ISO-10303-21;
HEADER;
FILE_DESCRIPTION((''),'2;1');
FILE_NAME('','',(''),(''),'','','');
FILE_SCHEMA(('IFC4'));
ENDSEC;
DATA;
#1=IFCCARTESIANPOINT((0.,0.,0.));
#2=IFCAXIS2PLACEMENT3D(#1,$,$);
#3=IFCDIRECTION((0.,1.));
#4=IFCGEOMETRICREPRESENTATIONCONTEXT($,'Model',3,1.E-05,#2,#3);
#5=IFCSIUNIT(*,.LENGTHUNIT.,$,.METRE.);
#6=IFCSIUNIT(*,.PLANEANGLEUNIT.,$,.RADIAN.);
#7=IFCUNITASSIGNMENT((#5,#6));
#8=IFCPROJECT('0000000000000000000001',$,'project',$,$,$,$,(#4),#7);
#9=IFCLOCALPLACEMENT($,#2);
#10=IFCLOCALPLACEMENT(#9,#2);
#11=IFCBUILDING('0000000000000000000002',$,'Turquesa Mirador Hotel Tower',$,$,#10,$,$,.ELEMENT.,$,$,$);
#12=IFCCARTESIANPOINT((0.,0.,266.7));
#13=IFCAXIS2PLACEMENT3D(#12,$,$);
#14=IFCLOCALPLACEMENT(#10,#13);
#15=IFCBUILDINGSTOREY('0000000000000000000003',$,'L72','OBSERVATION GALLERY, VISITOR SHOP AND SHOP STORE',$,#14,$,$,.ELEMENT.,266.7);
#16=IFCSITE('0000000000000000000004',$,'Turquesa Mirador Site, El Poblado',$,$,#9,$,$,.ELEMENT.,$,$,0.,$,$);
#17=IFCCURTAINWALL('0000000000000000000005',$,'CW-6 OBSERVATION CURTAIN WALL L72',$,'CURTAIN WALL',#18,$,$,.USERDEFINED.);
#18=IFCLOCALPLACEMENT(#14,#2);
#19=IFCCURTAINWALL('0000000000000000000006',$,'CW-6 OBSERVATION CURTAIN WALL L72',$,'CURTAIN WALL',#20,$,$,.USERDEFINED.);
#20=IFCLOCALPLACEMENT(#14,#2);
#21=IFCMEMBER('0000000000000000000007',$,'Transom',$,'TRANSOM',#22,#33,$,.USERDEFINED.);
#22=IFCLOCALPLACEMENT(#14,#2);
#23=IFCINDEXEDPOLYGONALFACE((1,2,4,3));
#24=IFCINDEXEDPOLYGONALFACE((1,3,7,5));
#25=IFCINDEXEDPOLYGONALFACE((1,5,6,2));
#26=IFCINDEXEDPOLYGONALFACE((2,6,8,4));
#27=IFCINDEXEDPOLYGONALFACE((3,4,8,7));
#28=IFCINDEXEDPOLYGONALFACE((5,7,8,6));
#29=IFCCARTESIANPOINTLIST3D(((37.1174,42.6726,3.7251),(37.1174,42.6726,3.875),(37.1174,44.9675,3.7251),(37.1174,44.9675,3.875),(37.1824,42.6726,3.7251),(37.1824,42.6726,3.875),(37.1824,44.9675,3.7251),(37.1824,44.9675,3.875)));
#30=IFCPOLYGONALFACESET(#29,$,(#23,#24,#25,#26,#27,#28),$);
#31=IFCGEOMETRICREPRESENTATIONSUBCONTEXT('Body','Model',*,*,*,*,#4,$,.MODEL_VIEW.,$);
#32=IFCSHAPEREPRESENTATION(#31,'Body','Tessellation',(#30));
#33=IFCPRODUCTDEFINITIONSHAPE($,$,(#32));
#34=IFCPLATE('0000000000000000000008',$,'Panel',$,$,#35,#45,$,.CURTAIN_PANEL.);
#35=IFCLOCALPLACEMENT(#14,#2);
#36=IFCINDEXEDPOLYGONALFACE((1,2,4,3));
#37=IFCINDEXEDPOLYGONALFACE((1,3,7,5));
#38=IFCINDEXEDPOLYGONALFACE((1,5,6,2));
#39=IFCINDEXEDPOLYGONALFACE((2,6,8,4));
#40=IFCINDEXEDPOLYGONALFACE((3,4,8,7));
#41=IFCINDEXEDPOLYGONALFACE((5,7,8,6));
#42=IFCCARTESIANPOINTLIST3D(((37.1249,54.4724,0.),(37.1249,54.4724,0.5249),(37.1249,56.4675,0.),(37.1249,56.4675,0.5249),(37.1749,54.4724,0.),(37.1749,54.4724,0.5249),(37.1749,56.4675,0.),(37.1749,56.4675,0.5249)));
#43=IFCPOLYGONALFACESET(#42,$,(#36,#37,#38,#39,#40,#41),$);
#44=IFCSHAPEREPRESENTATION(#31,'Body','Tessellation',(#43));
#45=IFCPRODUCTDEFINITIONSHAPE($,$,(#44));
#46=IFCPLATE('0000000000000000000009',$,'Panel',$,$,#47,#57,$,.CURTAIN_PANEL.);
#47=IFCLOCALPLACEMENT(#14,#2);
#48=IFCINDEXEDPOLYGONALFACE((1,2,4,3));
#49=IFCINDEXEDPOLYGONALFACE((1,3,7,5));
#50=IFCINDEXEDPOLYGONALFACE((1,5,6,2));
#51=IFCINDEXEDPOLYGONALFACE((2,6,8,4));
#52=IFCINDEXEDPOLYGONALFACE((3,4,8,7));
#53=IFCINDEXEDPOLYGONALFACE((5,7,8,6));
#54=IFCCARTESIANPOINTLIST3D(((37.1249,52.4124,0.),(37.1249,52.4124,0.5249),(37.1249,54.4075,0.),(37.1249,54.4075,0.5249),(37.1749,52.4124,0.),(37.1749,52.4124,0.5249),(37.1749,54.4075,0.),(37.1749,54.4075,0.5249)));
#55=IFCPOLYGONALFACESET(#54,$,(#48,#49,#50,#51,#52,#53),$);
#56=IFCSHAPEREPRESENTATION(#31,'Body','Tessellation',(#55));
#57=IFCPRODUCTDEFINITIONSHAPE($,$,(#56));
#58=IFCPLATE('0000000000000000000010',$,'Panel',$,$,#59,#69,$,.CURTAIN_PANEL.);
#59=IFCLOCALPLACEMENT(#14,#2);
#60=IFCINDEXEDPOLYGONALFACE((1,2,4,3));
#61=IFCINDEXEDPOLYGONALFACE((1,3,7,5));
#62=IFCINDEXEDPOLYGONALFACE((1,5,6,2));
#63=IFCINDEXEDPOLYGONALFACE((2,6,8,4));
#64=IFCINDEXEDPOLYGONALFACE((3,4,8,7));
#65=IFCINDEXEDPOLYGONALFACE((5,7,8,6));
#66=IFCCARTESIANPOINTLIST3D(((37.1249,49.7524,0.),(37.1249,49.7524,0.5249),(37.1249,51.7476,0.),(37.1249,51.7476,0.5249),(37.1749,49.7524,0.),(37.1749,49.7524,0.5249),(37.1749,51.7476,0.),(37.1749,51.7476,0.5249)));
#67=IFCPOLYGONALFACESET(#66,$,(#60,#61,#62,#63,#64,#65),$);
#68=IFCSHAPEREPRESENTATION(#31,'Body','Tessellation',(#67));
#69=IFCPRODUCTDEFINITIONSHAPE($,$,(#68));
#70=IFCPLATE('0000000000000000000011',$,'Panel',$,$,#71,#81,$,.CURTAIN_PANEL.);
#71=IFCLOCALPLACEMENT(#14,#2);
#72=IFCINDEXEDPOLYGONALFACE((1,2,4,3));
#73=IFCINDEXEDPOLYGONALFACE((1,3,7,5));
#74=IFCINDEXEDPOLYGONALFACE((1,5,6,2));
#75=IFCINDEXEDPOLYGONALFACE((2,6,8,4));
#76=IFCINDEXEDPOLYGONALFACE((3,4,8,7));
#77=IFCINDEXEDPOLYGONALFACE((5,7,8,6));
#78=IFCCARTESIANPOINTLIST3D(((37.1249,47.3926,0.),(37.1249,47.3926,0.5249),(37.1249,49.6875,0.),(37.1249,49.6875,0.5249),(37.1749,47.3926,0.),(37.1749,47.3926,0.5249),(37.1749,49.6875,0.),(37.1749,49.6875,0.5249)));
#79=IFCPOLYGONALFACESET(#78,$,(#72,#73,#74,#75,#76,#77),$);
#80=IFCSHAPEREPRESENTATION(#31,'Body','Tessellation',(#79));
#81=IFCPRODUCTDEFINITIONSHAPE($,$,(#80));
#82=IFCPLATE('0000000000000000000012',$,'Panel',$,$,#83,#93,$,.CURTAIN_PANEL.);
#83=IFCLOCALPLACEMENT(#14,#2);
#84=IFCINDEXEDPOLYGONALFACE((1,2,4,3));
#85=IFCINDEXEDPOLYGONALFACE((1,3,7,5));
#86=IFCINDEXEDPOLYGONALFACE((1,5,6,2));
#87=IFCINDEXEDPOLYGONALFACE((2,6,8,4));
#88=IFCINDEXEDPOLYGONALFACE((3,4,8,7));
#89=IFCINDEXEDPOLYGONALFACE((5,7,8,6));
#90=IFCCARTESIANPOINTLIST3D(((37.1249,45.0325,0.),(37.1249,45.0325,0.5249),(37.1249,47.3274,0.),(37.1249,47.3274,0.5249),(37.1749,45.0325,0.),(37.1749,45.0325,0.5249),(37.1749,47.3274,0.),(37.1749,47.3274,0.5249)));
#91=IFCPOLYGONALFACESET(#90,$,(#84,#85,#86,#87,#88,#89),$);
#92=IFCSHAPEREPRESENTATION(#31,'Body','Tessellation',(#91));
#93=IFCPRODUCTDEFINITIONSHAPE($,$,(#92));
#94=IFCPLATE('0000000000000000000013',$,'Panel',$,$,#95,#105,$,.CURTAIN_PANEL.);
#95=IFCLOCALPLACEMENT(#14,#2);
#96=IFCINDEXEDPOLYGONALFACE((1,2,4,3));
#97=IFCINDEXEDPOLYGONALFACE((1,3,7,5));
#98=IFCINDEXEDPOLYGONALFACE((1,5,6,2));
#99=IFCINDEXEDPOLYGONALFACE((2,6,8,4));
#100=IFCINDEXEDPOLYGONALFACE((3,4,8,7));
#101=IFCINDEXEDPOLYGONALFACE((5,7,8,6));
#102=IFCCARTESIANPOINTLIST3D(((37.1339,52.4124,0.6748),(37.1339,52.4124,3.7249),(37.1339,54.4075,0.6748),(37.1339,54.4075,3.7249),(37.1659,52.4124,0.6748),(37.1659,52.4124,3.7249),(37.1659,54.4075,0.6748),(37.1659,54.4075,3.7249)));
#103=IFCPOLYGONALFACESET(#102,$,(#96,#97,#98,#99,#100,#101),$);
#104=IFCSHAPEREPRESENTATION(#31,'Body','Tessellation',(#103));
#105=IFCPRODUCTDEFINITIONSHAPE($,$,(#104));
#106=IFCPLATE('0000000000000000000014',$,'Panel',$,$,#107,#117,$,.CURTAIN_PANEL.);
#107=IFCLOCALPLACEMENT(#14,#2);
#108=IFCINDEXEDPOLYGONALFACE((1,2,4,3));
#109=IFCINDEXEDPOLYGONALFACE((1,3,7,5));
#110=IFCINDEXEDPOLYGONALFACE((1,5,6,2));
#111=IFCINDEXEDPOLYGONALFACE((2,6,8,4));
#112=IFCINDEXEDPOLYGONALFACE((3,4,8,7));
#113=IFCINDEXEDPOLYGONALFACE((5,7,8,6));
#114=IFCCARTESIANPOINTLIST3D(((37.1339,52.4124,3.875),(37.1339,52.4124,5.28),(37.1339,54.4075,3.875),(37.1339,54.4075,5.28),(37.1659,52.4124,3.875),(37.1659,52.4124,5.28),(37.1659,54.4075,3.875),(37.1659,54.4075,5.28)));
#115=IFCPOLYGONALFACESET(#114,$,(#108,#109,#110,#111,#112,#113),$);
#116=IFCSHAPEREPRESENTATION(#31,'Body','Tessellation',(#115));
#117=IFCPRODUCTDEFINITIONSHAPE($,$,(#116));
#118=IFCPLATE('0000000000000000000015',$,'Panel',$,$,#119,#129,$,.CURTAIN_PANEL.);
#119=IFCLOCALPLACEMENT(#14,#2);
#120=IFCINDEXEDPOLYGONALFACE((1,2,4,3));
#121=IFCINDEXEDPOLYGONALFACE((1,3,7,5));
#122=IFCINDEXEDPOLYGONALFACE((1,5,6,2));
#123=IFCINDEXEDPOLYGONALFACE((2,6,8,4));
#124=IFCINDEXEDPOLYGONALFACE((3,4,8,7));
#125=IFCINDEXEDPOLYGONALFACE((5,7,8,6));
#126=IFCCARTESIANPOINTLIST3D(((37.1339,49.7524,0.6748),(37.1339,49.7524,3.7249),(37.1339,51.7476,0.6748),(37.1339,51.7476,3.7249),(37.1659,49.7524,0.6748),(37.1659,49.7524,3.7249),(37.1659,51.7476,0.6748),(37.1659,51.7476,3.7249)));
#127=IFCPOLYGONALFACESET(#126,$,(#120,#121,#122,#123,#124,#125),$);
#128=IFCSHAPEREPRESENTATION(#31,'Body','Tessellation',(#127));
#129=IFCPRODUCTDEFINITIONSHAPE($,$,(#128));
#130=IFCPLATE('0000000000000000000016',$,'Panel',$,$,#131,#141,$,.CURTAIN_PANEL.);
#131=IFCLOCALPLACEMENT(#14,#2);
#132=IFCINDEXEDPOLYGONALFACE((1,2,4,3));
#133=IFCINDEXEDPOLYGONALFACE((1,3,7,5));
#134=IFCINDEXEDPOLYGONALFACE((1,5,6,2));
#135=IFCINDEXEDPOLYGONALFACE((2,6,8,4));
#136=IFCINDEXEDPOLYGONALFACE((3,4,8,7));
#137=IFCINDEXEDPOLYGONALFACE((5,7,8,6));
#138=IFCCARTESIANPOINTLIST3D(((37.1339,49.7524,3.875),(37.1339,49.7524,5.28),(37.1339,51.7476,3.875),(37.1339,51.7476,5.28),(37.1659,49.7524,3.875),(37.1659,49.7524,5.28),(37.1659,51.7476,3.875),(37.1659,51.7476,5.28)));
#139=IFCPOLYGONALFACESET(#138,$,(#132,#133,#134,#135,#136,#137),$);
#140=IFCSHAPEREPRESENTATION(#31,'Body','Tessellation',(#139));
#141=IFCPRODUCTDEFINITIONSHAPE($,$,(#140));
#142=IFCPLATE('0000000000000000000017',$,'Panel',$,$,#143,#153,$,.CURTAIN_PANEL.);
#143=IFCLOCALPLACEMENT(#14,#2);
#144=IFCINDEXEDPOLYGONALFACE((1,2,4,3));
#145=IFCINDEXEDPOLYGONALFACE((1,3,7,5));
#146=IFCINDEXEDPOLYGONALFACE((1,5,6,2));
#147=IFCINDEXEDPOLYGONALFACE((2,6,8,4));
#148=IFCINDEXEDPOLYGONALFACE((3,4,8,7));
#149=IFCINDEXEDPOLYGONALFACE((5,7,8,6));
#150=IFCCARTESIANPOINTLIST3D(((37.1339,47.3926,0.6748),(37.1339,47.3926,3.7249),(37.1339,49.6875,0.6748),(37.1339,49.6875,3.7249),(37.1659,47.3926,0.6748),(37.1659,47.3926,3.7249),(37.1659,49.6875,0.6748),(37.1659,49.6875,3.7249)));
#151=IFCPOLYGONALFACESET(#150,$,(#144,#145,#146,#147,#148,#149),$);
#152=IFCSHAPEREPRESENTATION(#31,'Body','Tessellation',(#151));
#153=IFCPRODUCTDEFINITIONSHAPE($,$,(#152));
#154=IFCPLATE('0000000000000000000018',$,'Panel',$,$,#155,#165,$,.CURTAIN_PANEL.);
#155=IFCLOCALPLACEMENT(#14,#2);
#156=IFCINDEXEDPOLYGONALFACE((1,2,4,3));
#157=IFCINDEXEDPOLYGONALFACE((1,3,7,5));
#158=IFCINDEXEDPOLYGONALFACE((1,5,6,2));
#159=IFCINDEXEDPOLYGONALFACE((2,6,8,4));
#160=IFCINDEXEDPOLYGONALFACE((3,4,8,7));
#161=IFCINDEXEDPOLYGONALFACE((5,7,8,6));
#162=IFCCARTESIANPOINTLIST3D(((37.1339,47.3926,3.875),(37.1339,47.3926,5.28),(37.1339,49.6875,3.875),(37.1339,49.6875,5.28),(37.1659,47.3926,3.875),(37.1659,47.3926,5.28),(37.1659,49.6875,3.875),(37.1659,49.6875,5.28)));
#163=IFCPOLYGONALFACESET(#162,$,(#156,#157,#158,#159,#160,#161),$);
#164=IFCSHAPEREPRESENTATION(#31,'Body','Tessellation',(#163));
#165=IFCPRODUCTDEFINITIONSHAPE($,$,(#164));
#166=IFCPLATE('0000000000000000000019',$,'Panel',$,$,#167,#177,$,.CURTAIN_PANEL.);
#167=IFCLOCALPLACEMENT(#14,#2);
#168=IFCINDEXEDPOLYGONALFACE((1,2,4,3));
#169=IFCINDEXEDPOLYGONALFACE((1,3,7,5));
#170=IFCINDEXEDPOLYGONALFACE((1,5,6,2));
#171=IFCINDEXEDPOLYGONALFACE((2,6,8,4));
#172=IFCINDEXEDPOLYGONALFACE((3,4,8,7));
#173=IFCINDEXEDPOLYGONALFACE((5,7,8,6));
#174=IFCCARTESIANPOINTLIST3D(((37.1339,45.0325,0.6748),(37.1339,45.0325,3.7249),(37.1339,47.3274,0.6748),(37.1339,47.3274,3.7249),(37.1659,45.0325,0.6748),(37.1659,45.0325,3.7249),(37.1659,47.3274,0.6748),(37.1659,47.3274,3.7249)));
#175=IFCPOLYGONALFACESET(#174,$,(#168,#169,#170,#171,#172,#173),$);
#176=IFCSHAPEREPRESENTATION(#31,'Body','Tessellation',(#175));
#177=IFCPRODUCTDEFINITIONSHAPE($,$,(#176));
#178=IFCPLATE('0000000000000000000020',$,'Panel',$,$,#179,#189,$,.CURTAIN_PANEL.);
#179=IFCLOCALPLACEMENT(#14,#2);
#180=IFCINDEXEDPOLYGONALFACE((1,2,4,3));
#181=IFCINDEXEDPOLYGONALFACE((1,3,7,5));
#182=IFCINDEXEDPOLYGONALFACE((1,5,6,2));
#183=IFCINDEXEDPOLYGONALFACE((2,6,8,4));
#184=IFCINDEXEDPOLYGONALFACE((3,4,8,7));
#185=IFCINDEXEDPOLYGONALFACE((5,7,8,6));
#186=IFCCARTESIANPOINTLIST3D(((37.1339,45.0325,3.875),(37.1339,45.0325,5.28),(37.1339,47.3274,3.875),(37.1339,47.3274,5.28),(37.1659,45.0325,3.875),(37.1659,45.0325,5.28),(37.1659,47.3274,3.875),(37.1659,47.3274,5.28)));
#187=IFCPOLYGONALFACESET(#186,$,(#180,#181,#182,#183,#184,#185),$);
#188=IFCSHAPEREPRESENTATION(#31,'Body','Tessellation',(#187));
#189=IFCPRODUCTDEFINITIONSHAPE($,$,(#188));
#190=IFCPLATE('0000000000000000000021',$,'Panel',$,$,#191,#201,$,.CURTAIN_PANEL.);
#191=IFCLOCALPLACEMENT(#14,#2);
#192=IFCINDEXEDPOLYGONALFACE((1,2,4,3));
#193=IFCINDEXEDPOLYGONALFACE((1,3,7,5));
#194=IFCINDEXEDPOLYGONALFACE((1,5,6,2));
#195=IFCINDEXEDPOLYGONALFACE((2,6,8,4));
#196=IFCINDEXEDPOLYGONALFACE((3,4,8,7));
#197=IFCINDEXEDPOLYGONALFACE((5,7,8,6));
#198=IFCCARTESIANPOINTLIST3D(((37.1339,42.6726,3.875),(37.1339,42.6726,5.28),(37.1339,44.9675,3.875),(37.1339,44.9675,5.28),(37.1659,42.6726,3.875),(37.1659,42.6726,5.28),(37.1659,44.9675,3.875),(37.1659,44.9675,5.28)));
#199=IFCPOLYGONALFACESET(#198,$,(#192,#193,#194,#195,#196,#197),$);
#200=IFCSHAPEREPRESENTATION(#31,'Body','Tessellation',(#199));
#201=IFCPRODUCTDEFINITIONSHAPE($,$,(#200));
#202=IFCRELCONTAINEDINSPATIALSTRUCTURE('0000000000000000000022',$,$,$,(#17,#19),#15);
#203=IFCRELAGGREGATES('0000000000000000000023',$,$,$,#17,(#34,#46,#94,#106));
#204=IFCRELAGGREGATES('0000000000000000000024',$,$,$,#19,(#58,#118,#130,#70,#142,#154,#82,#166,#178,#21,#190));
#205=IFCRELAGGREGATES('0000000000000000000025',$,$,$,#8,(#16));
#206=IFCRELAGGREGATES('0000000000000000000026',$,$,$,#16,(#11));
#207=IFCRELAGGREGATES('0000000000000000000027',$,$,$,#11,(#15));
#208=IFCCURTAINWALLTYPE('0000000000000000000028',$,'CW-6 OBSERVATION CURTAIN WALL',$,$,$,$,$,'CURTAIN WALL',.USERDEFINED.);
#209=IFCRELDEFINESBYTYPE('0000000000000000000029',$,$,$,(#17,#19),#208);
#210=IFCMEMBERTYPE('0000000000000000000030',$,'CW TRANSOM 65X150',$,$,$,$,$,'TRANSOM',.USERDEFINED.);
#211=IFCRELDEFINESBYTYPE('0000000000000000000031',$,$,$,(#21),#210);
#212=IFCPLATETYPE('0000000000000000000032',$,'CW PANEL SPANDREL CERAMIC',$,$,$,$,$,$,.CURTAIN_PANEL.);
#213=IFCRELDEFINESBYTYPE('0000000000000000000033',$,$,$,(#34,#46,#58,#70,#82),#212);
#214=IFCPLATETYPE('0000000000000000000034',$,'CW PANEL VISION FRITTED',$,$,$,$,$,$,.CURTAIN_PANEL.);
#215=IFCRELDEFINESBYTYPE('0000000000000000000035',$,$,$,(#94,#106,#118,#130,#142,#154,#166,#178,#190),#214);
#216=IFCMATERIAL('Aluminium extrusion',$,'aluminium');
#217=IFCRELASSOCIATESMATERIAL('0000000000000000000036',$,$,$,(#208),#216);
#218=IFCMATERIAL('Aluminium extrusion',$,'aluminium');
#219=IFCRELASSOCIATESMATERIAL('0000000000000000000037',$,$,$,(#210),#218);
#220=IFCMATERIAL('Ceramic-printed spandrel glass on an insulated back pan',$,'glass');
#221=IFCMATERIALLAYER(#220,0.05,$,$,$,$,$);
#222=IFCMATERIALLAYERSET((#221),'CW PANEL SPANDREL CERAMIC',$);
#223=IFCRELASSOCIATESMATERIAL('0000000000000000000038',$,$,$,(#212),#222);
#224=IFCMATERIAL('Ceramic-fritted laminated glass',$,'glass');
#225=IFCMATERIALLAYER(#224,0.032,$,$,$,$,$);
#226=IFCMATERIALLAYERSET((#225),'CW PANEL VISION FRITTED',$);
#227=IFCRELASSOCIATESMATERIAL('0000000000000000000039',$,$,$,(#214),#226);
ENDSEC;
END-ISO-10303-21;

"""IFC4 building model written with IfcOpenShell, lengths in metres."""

from ifc_helpers import new_model, si_unit, direction, frame, origin, origin_2d, place, context, subcontext, project, spatial, rectangle, extrude, material, layer, layer_set, material_profile, profile_set, type_object, element, aggregate, save


model = new_model("IFC4")

# Units and contexts
model_context = context("Model", 3, precision=1e-05, world=origin(), true_north=direction((0.0, 1.0)))
body_context = subcontext(model_context, "Body", "Model", "MODEL_VIEW")
ifc_project = project(units=[si_unit("LENGTHUNIT", "METRE"), si_unit("PLANEANGLEUNIT", "RADIAN")], contexts=[model_context])

# Site, building, storey
site_placement = place(None, origin())
site = spatial("IfcSite", under=ifc_project, at=site_placement, Name="Turquesa Mirador Site, El Poblado", CompositionType="ELEMENT", RefElevation=0.0)
building_placement = place(site_placement, origin())
building = spatial("IfcBuilding", under=site, at=building_placement, Name="Turquesa Mirador Hotel Tower", CompositionType="ELEMENT")
storey_placement = place(building_placement, frame((0.0, 0.0, 266.7)))
storey = spatial("IfcBuildingStorey", under=building, at=storey_placement, Name="L72", Description="OBSERVATION GALLERY, VISITOR SHOP AND SHOP STORE", CompositionType="ELEMENT", Elevation=266.7)

# Curtain walls
ifc_material_1 = material(Name="Aluminium extrusion", Category="aluminium")
curtain_wall_type = type_object("IfcCurtainWallType", Name="CW-6 OBSERVATION CURTAIN WALL", ElementType="CURTAIN WALL", PredefinedType="USERDEFINED", material=ifc_material_1)
curtain_wall_1_placement = place(storey_placement, origin())
curtain_wall_1 = element("IfcCurtainWall", 1, at=curtain_wall_1_placement, inside=storey, type_object=curtain_wall_type, Name="CW-6 OBSERVATION CURTAIN WALL L72", ObjectType="CURTAIN WALL", PredefinedType="USERDEFINED")
curtain_wall_2_placement = place(storey_placement, origin())
curtain_wall_2 = element("IfcCurtainWall", 2, at=curtain_wall_2_placement, inside=storey, type_object=curtain_wall_type, Name="CW-6 OBSERVATION CURTAIN WALL L72", ObjectType="CURTAIN WALL", PredefinedType="USERDEFINED")

# Member
ifc_material_2 = material(Name="Aluminium extrusion", Category="aluminium")
ifc_material_profile_1 = material_profile(ifc_material_2, rectangle(XDim=0.0649, YDim=0.1499, at=origin_2d()), Name="TRANSOM 65X150")
ifc_profile_set_1 = profile_set([ifc_material_profile_1], Name="Aluminium extrusion")
member_type_1 = type_object("IfcMemberType", Name="CW TRANSOM 65X150", ElementType="TRANSOM", PredefinedType="USERDEFINED", material=ifc_profile_set_1)
member_1_placement = place(storey_placement, frame((37.1499, 44.9675, 3.8), z_axis=(0.0, -1.0, 0.0), x_axis=(1.0, 0.0, 0.0)))
member_1 = element("IfcMember", 3, at=member_1_placement, type_object=member_type_1, Name="Transom", ObjectType="TRANSOM", PredefinedType="USERDEFINED", context=body_context, shape_type="SweptSolid", body=[
    extrude(rectangle(XDim=0.0649, YDim=0.1499, at=origin_2d()), origin(), (0.0, 0.0, 1.0), 2.2949),
])

# Plates
ifc_material_3 = material(Name="Ceramic-printed spandrel glass on an insulated back pan", Category="glass")
ifc_layer_1 = layer(ifc_material_3, 0.05)
ifc_layer_set_1 = layer_set([ifc_layer_1], Name="CW PANEL SPANDREL CERAMIC")
plate_type_1 = type_object("IfcPlateType", Name="CW PANEL SPANDREL CERAMIC", PredefinedType="CURTAIN_PANEL", material=ifc_layer_set_1)
plate_1_placement = place(storey_placement, frame((37.1499, 55.47, 0.0), z_axis=(0.0, 0.0, 1.0), x_axis=(0.0, -1.0, 0.0)))
plate_1 = element("IfcPlate", 4, at=plate_1_placement, type_object=plate_type_1, Name="Panel", PredefinedType="CURTAIN_PANEL", context=body_context, shape_type="SweptSolid", body=[
    extrude(rectangle(XDim=1.9951, YDim=0.05, at=origin_2d()), origin(), (0.0, 0.0, 1.0), 0.5249),
])
plate_2_placement = place(storey_placement, frame((37.1499, 53.4099, 0.0), z_axis=(0.0, 0.0, 1.0), x_axis=(0.0, -1.0, 0.0)))
plate_2 = element("IfcPlate", 5, at=plate_2_placement, type_object=plate_type_1, Name="Panel", PredefinedType="CURTAIN_PANEL", context=body_context, shape_type="SweptSolid", body=[
    extrude(rectangle(XDim=1.9951, YDim=0.05, at=origin_2d()), origin(), (0.0, 0.0, 1.0), 0.5249),
])
plate_3_placement = place(storey_placement, frame((37.1499, 50.75, 0.0), z_axis=(0.0, 0.0, 1.0), x_axis=(0.0, -1.0, 0.0)))
plate_3 = element("IfcPlate", 6, at=plate_3_placement, type_object=plate_type_1, Name="Panel", PredefinedType="CURTAIN_PANEL", context=body_context, shape_type="SweptSolid", body=[
    extrude(rectangle(XDim=1.9951, YDim=0.05, at=origin_2d()), origin(), (0.0, 0.0, 1.0), 0.5249),
])
plate_4_placement = place(storey_placement, frame((37.1499, 48.54, 0.0), z_axis=(0.0, 0.0, 1.0), x_axis=(0.0, -1.0, 0.0)))
plate_4 = element("IfcPlate", 7, at=plate_4_placement, type_object=plate_type_1, Name="Panel", PredefinedType="CURTAIN_PANEL", context=body_context, shape_type="SweptSolid", body=[
    extrude(rectangle(XDim=2.2949, YDim=0.05, at=origin_2d()), origin(), (0.0, 0.0, 1.0), 0.5249),
])
plate_5_placement = place(storey_placement, frame((37.1499, 46.1799, 0.0), z_axis=(0.0, 0.0, 1.0), x_axis=(0.0, -1.0, 0.0)))
plate_5 = element("IfcPlate", 8, at=plate_5_placement, type_object=plate_type_1, Name="Panel", PredefinedType="CURTAIN_PANEL", context=body_context, shape_type="SweptSolid", body=[
    extrude(rectangle(XDim=2.2949, YDim=0.05, at=origin_2d()), origin(), (0.0, 0.0, 1.0), 0.5249),
])
ifc_material_4 = material(Name="Ceramic-fritted laminated glass", Category="glass")
ifc_layer_2 = layer(ifc_material_4, 0.032)
ifc_layer_set_2 = layer_set([ifc_layer_2], Name="CW PANEL VISION FRITTED")
plate_type_2 = type_object("IfcPlateType", Name="CW PANEL VISION FRITTED", PredefinedType="CURTAIN_PANEL", material=ifc_layer_set_2)
plate_6_placement = place(storey_placement, frame((37.1499, 53.4099, 0.6748), z_axis=(0.0, 0.0, 1.0), x_axis=(0.0, -1.0, 0.0)))
plate_6 = element("IfcPlate", 9, at=plate_6_placement, type_object=plate_type_2, Name="Panel", PredefinedType="CURTAIN_PANEL", context=body_context, shape_type="SweptSolid", body=[
    extrude(rectangle(XDim=1.9951, YDim=0.032, at=origin_2d()), origin(), (0.0, 0.0, 1.0), 3.05),
])
plate_7_placement = place(storey_placement, frame((37.1499, 53.4099, 3.875), z_axis=(0.0, 0.0, 1.0), x_axis=(0.0, -1.0, 0.0)))
plate_7 = element("IfcPlate", 10, at=plate_7_placement, type_object=plate_type_2, Name="Panel", PredefinedType="CURTAIN_PANEL", context=body_context, shape_type="SweptSolid", body=[
    extrude(rectangle(XDim=1.9951, YDim=0.032, at=origin_2d()), origin(), (0.0, 0.0, 1.0), 1.405),
])
aggregate(curtain_wall_1, [plate_1, plate_2, plate_6, plate_7])
plate_8_placement = place(storey_placement, frame((37.1499, 50.75, 0.6748), z_axis=(0.0, 0.0, 1.0), x_axis=(0.0, -1.0, 0.0)))
plate_8 = element("IfcPlate", 11, at=plate_8_placement, type_object=plate_type_2, Name="Panel", PredefinedType="CURTAIN_PANEL", context=body_context, shape_type="SweptSolid", body=[
    extrude(rectangle(XDim=1.9951, YDim=0.032, at=origin_2d()), origin(), (0.0, 0.0, 1.0), 3.05),
])
plate_9_placement = place(storey_placement, frame((37.1499, 50.75, 3.875), z_axis=(0.0, 0.0, 1.0), x_axis=(0.0, -1.0, 0.0)))
plate_9 = element("IfcPlate", 12, at=plate_9_placement, type_object=plate_type_2, Name="Panel", PredefinedType="CURTAIN_PANEL", context=body_context, shape_type="SweptSolid", body=[
    extrude(rectangle(XDim=1.9951, YDim=0.032, at=origin_2d()), origin(), (0.0, 0.0, 1.0), 1.405),
])
plate_10_placement = place(storey_placement, frame((37.1499, 48.54, 0.6748), z_axis=(0.0, 0.0, 1.0), x_axis=(0.0, -1.0, 0.0)))
plate_10 = element("IfcPlate", 13, at=plate_10_placement, type_object=plate_type_2, Name="Panel", PredefinedType="CURTAIN_PANEL", context=body_context, shape_type="SweptSolid", body=[
    extrude(rectangle(XDim=2.2949, YDim=0.032, at=origin_2d()), origin(), (0.0, 0.0, 1.0), 3.05),
])
plate_11_placement = place(storey_placement, frame((37.1499, 48.54, 3.875), z_axis=(0.0, 0.0, 1.0), x_axis=(0.0, -1.0, 0.0)))
plate_11 = element("IfcPlate", 14, at=plate_11_placement, type_object=plate_type_2, Name="Panel", PredefinedType="CURTAIN_PANEL", context=body_context, shape_type="SweptSolid", body=[
    extrude(rectangle(XDim=2.2949, YDim=0.032, at=origin_2d()), origin(), (0.0, 0.0, 1.0), 1.405),
])
plate_12_placement = place(storey_placement, frame((37.1499, 46.1799, 0.6748), z_axis=(0.0, 0.0, 1.0), x_axis=(0.0, -1.0, 0.0)))
plate_12 = element("IfcPlate", 15, at=plate_12_placement, type_object=plate_type_2, Name="Panel", PredefinedType="CURTAIN_PANEL", context=body_context, shape_type="SweptSolid", body=[
    extrude(rectangle(XDim=2.2949, YDim=0.032, at=origin_2d()), origin(), (0.0, 0.0, 1.0), 3.05),
])
plate_13_placement = place(storey_placement, frame((37.1499, 46.1799, 3.875), z_axis=(0.0, 0.0, 1.0), x_axis=(0.0, -1.0, 0.0)))
plate_13 = element("IfcPlate", 16, at=plate_13_placement, type_object=plate_type_2, Name="Panel", PredefinedType="CURTAIN_PANEL", context=body_context, shape_type="SweptSolid", body=[
    extrude(rectangle(XDim=2.2949, YDim=0.032, at=origin_2d()), origin(), (0.0, 0.0, 1.0), 1.405),
])
plate_14_placement = place(storey_placement, frame((37.1499, 43.8201, 3.875), z_axis=(0.0, 0.0, 1.0), x_axis=(0.0, -1.0, 0.0)))
plate_14 = element("IfcPlate", 17, at=plate_14_placement, type_object=plate_type_2, Name="Panel", PredefinedType="CURTAIN_PANEL", context=body_context, shape_type="SweptSolid", body=[
    extrude(rectangle(XDim=2.2949, YDim=0.032, at=origin_2d()), origin(), (0.0, 0.0, 1.0), 1.405),
])
aggregate(curtain_wall_2, [plate_3, plate_8, plate_9, plate_4, plate_10, plate_11, plate_5, plate_12, plate_13, member_1, plate_14])

save(model, "model.ifc")
